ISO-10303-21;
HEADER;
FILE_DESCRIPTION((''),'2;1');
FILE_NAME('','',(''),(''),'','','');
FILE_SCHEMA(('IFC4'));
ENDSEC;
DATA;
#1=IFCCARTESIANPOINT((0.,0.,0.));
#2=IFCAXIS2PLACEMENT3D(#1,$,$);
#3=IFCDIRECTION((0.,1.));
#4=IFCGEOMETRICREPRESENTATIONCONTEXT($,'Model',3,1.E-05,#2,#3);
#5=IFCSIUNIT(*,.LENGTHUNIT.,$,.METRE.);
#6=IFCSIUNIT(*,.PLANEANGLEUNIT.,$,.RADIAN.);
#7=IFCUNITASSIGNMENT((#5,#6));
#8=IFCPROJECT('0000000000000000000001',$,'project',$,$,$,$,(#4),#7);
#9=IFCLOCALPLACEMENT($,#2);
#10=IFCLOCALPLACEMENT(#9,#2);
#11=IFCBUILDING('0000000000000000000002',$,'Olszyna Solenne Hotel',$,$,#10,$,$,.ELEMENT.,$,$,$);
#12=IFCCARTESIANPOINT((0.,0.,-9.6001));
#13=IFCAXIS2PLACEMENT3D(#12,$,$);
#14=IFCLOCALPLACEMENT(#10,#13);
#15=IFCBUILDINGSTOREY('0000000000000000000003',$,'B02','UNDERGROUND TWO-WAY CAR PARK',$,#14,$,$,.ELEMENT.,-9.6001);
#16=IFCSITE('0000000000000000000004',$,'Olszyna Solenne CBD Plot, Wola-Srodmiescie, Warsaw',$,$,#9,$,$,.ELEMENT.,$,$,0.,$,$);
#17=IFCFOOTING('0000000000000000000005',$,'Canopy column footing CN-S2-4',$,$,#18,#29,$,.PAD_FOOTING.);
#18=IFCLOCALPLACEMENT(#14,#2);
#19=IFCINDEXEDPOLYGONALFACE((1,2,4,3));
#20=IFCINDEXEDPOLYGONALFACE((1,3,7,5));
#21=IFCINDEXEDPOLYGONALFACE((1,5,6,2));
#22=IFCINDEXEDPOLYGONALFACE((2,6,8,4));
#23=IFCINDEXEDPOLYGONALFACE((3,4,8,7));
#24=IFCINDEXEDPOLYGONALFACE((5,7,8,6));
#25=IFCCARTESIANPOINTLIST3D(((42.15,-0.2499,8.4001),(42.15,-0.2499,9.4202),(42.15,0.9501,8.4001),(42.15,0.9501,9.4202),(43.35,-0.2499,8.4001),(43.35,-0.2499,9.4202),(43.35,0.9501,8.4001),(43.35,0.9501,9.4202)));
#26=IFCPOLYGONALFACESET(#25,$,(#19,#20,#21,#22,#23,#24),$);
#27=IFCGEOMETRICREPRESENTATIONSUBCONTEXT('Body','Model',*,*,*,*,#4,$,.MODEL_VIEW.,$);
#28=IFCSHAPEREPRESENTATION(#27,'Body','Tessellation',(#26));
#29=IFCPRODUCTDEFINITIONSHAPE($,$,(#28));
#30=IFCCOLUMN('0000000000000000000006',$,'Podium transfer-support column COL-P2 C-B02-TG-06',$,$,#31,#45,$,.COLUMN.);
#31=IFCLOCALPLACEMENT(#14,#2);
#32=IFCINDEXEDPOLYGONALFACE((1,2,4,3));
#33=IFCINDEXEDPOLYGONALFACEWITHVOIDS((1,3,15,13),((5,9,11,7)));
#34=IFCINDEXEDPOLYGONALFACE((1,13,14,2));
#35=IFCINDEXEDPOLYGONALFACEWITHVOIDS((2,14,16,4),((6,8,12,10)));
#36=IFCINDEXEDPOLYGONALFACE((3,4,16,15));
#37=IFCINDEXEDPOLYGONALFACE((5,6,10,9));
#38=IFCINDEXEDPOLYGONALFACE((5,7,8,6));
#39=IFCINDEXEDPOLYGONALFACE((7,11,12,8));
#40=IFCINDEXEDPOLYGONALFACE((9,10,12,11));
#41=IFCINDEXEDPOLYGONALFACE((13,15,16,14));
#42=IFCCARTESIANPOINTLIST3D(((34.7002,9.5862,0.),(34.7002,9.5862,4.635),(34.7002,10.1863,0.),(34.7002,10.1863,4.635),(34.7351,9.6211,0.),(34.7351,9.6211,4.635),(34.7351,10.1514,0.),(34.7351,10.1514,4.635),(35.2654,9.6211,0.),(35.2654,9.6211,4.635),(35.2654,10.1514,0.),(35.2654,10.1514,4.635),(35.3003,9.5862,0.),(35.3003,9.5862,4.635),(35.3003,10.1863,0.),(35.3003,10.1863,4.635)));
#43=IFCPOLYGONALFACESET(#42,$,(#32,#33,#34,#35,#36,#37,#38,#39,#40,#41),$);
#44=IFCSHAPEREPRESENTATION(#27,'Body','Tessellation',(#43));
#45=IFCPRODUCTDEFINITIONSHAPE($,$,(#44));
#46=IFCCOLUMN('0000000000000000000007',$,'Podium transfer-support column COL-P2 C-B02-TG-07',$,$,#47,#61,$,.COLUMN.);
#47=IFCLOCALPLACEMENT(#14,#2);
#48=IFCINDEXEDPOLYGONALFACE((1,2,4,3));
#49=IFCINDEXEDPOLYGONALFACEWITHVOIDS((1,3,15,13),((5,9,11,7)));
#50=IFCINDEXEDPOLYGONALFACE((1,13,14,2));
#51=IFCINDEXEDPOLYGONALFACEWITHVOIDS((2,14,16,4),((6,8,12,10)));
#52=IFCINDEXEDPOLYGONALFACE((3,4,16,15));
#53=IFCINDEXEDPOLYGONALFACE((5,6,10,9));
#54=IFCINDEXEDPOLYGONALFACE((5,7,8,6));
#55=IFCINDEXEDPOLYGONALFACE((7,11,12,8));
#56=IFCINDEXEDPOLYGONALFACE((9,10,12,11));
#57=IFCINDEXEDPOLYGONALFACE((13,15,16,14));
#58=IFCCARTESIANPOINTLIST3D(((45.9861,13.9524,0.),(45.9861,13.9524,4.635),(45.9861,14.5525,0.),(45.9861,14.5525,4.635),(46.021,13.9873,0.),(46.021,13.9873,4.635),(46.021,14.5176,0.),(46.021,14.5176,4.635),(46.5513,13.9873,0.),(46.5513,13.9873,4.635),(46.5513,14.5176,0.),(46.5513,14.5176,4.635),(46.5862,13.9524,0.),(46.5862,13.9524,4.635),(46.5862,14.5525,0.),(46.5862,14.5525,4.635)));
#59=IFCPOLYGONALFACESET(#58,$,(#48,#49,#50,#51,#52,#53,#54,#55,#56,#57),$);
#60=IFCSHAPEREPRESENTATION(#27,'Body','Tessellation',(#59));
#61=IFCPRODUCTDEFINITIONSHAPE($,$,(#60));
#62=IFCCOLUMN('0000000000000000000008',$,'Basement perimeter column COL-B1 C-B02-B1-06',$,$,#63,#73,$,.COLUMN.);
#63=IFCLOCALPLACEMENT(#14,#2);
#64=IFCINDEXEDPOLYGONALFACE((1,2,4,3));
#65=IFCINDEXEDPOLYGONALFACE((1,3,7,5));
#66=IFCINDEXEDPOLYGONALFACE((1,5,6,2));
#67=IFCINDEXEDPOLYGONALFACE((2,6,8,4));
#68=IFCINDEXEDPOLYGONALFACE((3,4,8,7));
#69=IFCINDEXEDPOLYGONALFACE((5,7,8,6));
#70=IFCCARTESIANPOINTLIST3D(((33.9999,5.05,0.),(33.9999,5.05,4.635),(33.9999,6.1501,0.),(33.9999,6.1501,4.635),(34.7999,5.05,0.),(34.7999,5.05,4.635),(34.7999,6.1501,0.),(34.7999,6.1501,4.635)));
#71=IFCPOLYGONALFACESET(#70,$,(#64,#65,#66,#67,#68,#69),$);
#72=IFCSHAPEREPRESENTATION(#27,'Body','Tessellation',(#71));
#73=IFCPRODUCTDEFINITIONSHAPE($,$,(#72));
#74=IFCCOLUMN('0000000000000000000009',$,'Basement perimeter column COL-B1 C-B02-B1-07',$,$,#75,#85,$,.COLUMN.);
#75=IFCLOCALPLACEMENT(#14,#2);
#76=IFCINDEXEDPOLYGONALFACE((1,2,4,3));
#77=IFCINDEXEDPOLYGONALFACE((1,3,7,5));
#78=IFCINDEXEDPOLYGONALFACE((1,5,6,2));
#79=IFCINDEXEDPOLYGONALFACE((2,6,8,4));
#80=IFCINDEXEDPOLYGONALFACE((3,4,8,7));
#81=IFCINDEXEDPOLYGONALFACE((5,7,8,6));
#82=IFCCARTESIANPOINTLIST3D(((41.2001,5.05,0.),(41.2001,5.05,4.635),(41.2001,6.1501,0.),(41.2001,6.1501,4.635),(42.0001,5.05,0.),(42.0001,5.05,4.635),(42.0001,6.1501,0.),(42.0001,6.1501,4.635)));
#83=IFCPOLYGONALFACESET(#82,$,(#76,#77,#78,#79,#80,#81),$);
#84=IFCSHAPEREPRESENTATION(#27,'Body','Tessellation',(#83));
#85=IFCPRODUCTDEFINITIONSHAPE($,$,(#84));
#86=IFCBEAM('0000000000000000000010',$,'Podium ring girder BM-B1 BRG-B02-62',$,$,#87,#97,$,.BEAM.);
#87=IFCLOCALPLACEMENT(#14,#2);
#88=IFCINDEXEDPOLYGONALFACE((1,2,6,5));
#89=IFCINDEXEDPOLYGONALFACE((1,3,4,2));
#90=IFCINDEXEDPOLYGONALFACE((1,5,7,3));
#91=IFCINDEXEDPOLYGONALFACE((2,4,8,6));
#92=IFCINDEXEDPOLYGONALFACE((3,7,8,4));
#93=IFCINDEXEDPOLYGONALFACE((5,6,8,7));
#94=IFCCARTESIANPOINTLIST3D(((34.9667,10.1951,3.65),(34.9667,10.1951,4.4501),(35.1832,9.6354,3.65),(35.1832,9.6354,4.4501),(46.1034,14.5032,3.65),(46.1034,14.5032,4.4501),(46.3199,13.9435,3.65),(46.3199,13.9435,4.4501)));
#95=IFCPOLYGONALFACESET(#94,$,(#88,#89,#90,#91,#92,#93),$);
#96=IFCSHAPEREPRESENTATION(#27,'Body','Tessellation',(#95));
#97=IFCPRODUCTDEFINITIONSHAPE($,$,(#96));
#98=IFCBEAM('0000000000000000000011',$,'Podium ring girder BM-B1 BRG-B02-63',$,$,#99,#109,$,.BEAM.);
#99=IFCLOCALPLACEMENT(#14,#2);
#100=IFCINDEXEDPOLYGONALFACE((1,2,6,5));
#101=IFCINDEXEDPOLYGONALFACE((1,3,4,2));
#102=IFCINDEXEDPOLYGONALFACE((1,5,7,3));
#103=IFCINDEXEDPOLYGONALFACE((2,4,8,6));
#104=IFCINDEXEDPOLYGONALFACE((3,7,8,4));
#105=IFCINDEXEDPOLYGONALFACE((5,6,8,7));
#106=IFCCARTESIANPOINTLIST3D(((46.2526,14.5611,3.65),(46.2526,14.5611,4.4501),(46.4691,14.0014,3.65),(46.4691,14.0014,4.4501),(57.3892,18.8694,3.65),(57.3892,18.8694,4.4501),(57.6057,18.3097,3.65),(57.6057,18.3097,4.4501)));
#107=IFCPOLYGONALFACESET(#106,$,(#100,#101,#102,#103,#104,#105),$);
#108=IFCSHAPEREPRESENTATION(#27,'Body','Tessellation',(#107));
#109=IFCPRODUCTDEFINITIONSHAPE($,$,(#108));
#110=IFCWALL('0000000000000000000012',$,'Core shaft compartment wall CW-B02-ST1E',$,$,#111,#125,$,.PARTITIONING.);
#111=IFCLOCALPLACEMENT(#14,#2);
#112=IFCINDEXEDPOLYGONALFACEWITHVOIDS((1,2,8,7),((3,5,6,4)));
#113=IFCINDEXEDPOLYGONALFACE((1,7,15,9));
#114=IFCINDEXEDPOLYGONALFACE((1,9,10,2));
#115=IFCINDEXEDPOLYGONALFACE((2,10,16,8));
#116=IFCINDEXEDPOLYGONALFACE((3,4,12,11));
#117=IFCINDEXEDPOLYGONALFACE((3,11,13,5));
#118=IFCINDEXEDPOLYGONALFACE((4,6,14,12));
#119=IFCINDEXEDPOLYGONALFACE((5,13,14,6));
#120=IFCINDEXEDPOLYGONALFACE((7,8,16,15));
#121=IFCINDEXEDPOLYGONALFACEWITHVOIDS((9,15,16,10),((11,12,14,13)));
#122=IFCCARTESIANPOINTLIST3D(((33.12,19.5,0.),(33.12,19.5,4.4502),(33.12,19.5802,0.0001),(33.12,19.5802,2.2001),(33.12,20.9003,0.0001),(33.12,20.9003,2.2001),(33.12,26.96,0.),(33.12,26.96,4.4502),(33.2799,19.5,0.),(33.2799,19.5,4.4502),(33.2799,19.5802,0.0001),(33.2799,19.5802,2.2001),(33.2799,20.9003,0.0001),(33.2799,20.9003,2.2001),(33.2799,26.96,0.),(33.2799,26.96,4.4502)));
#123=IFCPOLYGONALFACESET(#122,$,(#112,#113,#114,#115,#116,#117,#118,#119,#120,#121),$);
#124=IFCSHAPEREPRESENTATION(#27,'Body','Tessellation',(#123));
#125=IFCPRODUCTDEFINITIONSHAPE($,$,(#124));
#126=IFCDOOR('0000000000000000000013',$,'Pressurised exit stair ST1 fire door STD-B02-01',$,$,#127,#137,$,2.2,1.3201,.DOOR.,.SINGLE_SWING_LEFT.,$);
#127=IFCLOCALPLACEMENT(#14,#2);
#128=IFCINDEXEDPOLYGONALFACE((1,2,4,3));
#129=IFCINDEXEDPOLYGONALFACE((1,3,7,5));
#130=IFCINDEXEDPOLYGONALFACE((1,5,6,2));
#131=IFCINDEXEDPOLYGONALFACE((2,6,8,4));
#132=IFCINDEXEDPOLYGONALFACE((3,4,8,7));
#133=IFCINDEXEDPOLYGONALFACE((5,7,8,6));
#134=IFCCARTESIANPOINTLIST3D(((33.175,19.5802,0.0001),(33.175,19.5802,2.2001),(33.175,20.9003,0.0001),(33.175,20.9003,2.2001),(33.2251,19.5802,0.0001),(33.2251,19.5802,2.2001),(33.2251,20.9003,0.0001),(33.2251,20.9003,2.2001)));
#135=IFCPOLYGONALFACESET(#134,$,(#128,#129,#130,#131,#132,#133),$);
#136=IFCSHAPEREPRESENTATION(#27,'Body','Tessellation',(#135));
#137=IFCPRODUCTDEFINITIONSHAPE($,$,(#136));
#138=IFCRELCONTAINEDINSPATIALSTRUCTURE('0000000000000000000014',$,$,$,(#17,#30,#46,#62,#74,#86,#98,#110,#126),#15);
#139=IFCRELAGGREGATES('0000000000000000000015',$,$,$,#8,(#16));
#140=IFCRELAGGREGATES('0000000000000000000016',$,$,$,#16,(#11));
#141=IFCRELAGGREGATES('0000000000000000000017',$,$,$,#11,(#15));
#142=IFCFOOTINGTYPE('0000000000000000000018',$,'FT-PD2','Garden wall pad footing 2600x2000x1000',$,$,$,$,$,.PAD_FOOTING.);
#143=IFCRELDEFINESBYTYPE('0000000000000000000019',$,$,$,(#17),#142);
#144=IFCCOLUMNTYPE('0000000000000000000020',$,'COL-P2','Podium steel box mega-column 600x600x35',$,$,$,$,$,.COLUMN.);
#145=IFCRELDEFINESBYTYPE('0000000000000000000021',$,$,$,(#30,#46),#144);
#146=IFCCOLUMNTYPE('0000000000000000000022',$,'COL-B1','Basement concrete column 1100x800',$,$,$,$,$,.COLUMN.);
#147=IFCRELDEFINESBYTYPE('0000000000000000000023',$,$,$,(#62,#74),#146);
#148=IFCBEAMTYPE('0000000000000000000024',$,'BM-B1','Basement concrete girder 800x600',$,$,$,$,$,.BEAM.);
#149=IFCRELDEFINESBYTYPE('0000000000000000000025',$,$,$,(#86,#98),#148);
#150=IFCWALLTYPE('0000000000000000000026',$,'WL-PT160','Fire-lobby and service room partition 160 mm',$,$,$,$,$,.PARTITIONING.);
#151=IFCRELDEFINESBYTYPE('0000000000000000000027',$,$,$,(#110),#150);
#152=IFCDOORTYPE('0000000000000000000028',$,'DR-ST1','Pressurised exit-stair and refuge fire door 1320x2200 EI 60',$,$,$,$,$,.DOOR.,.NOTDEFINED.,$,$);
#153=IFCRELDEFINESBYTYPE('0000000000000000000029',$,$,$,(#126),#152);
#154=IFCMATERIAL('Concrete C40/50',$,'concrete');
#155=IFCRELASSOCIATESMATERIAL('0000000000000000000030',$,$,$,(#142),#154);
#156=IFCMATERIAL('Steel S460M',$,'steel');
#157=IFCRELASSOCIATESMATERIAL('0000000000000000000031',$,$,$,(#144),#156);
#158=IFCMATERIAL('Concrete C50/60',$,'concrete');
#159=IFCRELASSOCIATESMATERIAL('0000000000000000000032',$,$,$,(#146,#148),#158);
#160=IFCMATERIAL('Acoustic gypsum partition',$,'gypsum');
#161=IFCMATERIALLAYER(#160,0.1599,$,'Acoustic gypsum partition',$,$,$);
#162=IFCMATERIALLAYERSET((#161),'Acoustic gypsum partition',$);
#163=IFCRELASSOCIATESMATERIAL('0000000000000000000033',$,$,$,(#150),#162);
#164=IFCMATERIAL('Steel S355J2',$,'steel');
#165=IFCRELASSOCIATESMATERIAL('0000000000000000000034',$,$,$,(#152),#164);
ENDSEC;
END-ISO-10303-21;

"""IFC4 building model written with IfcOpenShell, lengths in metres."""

from ifc_helpers import new_model, si_unit, direction, frame, frame_2d, origin, origin_2d, place, context, subcontext, project, spatial, rectangle, hollow_rectangle, extrude, source, transform, mapped, material, layer, layer_set, material_profile, profile_set, type_object, type_shapes, element, fill, save


model = new_model("IFC4")

# Units and contexts
model_context = context("Model", 3, precision=1e-05, world=origin(), true_north=direction((0.0, 1.0)))
body_context = subcontext(model_context, "Body", "Model", "MODEL_VIEW")
ifc_project = project(units=[si_unit("LENGTHUNIT", "METRE"), si_unit("PLANEANGLEUNIT", "RADIAN")], contexts=[model_context])

# Site, building, storey
site_placement = place(None, origin())
site = spatial("IfcSite", under=ifc_project, at=site_placement, Name="Olszyna Solenne CBD Plot, Wola-Srodmiescie, Warsaw", CompositionType="ELEMENT", RefElevation=0.0)
building_placement = place(site_placement, origin())
building = spatial("IfcBuilding", under=site, at=building_placement, Name="Olszyna Solenne Hotel", CompositionType="ELEMENT")
storey_placement = place(building_placement, frame((0.0, 0.0, -9.6001)))
storey = spatial("IfcBuildingStorey", under=building, at=storey_placement, Name="B02", Description="UNDERGROUND TWO-WAY CAR PARK", CompositionType="ELEMENT", Elevation=-9.6001)

# Shared definitions
ifc_material_1 = material(Name="Concrete C40/50", Category="concrete")

# Footing
footing_type = type_object("IfcFootingType", Name="FT-PD2", Description="Garden wall pad footing 2600x2000x1000", PredefinedType="PAD_FOOTING", material=ifc_material_1)
shared_shape_1 = source(origin(), body_context, "Body", "SweptSolid", [
    extrude(rectangle(XDim=1.2, YDim=1.2, at=origin_2d()), origin(), (0.0, 0.0, 1.0), 1.02),
])
for number, where, z_axis, x_axis, name in (
    (1, (42.75, 0.3501, 8.4001), (0.0, 0.0, 1.0), (1.0, 0.0, 0.0), "Canopy column footing CN-S2-4"),
):
    element("IfcFooting", number, at=place(storey_placement, frame(where, z_axis=z_axis, x_axis=x_axis)), inside=storey, type_object=footing_type, Name=name, PredefinedType="PAD_FOOTING", context=body_context, shape_type="MappedRepresentation", body=[
        mapped(shared_shape_1, transform((0.0, 0.0, 0.0), x_axis=(1.0, 0.0, 0.0), y_axis=(0.0, 1.0, 0.0), z_axis=(0.0, 0.0, 1.0), scale=1.0)),
    ])

# Columns
ifc_material_2 = material(Name="Steel S460M", Category="steel")
ifc_material_profile_1 = material_profile(ifc_material_2, hollow_rectangle(XDim=0.6001, YDim=0.6001, WallThickness=0.0349, at=origin_2d()), Name="SHS 600x600x35", Category="load-bearing")
ifc_profile_set_1 = profile_set([ifc_material_profile_1], Name="Steel S460M")
column_type_1 = type_object("IfcColumnType", Name="COL-P2", Description="Podium steel box mega-column 600x600x35", PredefinedType="COLUMN", material=ifc_profile_set_1)
shared_shape_2 = source(origin(), body_context, "Body", "SweptSolid", [
    extrude(hollow_rectangle(XDim=0.6001, YDim=0.6001, WallThickness=0.0349, at=origin_2d()), origin(), (0.0, 0.0, 1.0), 4.635),
])
for number, where, z_axis, x_axis, name in (
    (2, (35.0002, 9.8862, 0.0), (0.0, 0.0, 1.0), (1.0, 0.0, 0.0), "Podium transfer-support column COL-P2 C-B02-TG-06"),
    (3, (46.2861, 14.2524, 0.0), (0.0, 0.0, 1.0), (1.0, 0.0, 0.0), "Podium transfer-support column COL-P2 C-B02-TG-07"),
):
    element("IfcColumn", number, at=place(storey_placement, frame(where, z_axis=z_axis, x_axis=x_axis)), inside=storey, type_object=column_type_1, Name=name, PredefinedType="COLUMN", context=body_context, shape_type="MappedRepresentation", body=[
        mapped(shared_shape_2, transform((0.0, 0.0, 0.0), x_axis=(1.0, 0.0, 0.0), y_axis=(0.0, 1.0, 0.0), z_axis=(0.0, 0.0, 1.0), scale=1.0)),
    ])
ifc_material_3 = material(Name="Concrete C50/60", Category="concrete")
ifc_material_profile_2 = material_profile(ifc_material_3, rectangle(XDim=0.8, YDim=1.1001, at=origin_2d()), Name="RC 1100x800", Category="load-bearing")
ifc_profile_set_2 = profile_set([ifc_material_profile_2], Name="Concrete C50/60")
column_type_2 = type_object("IfcColumnType", Name="COL-B1", Description="Basement concrete column 1100x800", PredefinedType="COLUMN", material=ifc_profile_set_2)
shared_shape_3 = source(origin(), body_context, "Body", "SweptSolid", [
    extrude(rectangle(XDim=0.8, YDim=1.1001, at=origin_2d()), origin(), (0.0, 0.0, 1.0), 4.635),
])
for number, where, z_axis, x_axis, name in (
    (4, (34.3999, 5.6001, 0.0), (0.0, 0.0, 1.0), (1.0, 0.0, 0.0), "Basement perimeter column COL-B1 C-B02-B1-06"),
    (5, (41.6001, 5.6001, 0.0), (0.0, 0.0, 1.0), (1.0, 0.0, 0.0), "Basement perimeter column COL-B1 C-B02-B1-07"),
):
    element("IfcColumn", number, at=place(storey_placement, frame(where, z_axis=z_axis, x_axis=x_axis)), inside=storey, type_object=column_type_2, Name=name, PredefinedType="COLUMN", context=body_context, shape_type="MappedRepresentation", body=[
        mapped(shared_shape_3, transform((0.0, 0.0, 0.0), x_axis=(1.0, 0.0, 0.0), y_axis=(0.0, 1.0, 0.0), z_axis=(0.0, 0.0, 1.0), scale=1.0)),
    ])

# Beams
ifc_material_profile_3 = material_profile(ifc_material_3, rectangle(XDim=0.6001, YDim=0.8, at=origin_2d()), Name="RC 800x600", Category="load-bearing")
ifc_profile_set_3 = profile_set([ifc_material_profile_3], Name="Concrete C50/60")
beam_type = type_object("IfcBeamType", Name="BM-B1", Description="Basement concrete girder 800x600", PredefinedType="BEAM", material=ifc_profile_set_3)
shared_shape_4 = source(origin(), body_context, "Body", "SweptSolid", [
    extrude(rectangle(XDim=0.6001, YDim=0.8, at=origin_2d()), origin(), (0.0, 0.0, 1.0), 11.9409),
])
for number, where, z_axis, x_axis, name in (
    (6, (35.075, 9.9153, 4.05), (0.932649, 0.360784, 0.0), (-0.360784, 0.932649, 0.0), "Podium ring girder BM-B1 BRG-B02-62"),
    (7, (46.3608, 14.2812, 4.05), (0.932642, 0.360802, 0.0), (-0.360802, 0.932642, 0.0), "Podium ring girder BM-B1 BRG-B02-63"),
):
    element("IfcBeam", number, at=place(storey_placement, frame(where, z_axis=z_axis, x_axis=x_axis)), inside=storey, type_object=beam_type, Name=name, PredefinedType="BEAM", context=body_context, shape_type="MappedRepresentation", body=[
        mapped(shared_shape_4, transform((0.0, 0.0, 0.0), x_axis=(1.0, 0.0, 0.0), y_axis=(0.0, 1.0, 0.0), z_axis=(0.0, 0.0, 1.0), scale=1.0)),
    ])

# Wall, opening, door
ifc_material_4 = material(Name="Acoustic gypsum partition", Category="gypsum")
ifc_layer = layer(ifc_material_4, 0.1599, Name="Acoustic gypsum partition")
ifc_layer_set = layer_set([ifc_layer], Name="Acoustic gypsum partition")
wall_type = type_object("IfcWallType", Name="WL-PT160", Description="Fire-lobby and service room partition 160 mm", PredefinedType="PARTITIONING", material=ifc_layer_set)
wall_1_placement = place(storey_placement, frame((33.2, 19.5, 0.0), z_axis=(0.0, 0.0, 1.0), x_axis=(0.0, 1.0, 0.0)))
wall_1 = element("IfcWall", 8, at=wall_1_placement, inside=storey, type_object=wall_type, Name="Core shaft compartment wall CW-B02-ST1E", PredefinedType="PARTITIONING", context=body_context, shape_type="SweptSolid", body=[
    extrude(rectangle(XDim=7.46, YDim=0.1599, at=frame_2d((3.73, 0.0))), origin(), (0.0, 0.0, 1.0), 4.4502),
])
opening_1_placement = place(wall_1_placement, frame((0.0801, 0.0, 0.0)))
opening_1 = element("IfcOpeningElement", 9, at=opening_1_placement, cuts=wall_1, PredefinedType="OPENING", context=body_context, shape_type="SweptSolid", body=[
    extrude(rectangle(XDim=1.3201, YDim=2.2, at=frame_2d((0.6602, 1.1001))), frame((0.0, 0.0898, 0.0), z_axis=(0.0, -1.0, 0.0), x_axis=(1.0, 0.0, 0.0)), (0.0, 0.0, 1.0), 0.1799),
])
ifc_material_5 = material(Name="Steel S355J2", Category="steel")
door_type_1 = type_object("IfcDoorType", Name="DR-ST1", Description="Pressurised exit-stair and refuge fire door 1320x2200 EI 60", OperationType="NOTDEFINED", PredefinedType="DOOR", material=ifc_material_5)
shared_shape_5 = source(origin(), body_context, "Body", "SweptSolid", [
    extrude(rectangle(XDim=1.3201, YDim=2.2, at=frame_2d((0.6602, 1.1001))), frame((0.0, 0.0249, 0.0), z_axis=(0.0, -1.0, 0.0), x_axis=(1.0, 0.0, 0.0)), (0.0, 0.0, 1.0), 0.05),
])
type_shapes(door_type_1, [shared_shape_5])
door_1_placement = place(opening_1_placement, origin())
door_1 = element("IfcDoor", 10, at=door_1_placement, inside=storey, type_object=door_type_1, Name="Pressurised exit stair ST1 fire door STD-B02-01", OperationType="SINGLE_SWING_LEFT", OverallHeight=2.2, OverallWidth=1.3201, PredefinedType="DOOR", context=body_context, shape_type="MappedRepresentation", body=[
    mapped(shared_shape_5, transform((0.0, 0.0, 0.0), x_axis=(1.0, 0.0, 0.0), y_axis=(0.0, 1.0, 0.0), z_axis=(0.0, 0.0, 1.0), scale=1.0)),
])
fill(opening_1, door_1)

save(model, "model.ifc")
